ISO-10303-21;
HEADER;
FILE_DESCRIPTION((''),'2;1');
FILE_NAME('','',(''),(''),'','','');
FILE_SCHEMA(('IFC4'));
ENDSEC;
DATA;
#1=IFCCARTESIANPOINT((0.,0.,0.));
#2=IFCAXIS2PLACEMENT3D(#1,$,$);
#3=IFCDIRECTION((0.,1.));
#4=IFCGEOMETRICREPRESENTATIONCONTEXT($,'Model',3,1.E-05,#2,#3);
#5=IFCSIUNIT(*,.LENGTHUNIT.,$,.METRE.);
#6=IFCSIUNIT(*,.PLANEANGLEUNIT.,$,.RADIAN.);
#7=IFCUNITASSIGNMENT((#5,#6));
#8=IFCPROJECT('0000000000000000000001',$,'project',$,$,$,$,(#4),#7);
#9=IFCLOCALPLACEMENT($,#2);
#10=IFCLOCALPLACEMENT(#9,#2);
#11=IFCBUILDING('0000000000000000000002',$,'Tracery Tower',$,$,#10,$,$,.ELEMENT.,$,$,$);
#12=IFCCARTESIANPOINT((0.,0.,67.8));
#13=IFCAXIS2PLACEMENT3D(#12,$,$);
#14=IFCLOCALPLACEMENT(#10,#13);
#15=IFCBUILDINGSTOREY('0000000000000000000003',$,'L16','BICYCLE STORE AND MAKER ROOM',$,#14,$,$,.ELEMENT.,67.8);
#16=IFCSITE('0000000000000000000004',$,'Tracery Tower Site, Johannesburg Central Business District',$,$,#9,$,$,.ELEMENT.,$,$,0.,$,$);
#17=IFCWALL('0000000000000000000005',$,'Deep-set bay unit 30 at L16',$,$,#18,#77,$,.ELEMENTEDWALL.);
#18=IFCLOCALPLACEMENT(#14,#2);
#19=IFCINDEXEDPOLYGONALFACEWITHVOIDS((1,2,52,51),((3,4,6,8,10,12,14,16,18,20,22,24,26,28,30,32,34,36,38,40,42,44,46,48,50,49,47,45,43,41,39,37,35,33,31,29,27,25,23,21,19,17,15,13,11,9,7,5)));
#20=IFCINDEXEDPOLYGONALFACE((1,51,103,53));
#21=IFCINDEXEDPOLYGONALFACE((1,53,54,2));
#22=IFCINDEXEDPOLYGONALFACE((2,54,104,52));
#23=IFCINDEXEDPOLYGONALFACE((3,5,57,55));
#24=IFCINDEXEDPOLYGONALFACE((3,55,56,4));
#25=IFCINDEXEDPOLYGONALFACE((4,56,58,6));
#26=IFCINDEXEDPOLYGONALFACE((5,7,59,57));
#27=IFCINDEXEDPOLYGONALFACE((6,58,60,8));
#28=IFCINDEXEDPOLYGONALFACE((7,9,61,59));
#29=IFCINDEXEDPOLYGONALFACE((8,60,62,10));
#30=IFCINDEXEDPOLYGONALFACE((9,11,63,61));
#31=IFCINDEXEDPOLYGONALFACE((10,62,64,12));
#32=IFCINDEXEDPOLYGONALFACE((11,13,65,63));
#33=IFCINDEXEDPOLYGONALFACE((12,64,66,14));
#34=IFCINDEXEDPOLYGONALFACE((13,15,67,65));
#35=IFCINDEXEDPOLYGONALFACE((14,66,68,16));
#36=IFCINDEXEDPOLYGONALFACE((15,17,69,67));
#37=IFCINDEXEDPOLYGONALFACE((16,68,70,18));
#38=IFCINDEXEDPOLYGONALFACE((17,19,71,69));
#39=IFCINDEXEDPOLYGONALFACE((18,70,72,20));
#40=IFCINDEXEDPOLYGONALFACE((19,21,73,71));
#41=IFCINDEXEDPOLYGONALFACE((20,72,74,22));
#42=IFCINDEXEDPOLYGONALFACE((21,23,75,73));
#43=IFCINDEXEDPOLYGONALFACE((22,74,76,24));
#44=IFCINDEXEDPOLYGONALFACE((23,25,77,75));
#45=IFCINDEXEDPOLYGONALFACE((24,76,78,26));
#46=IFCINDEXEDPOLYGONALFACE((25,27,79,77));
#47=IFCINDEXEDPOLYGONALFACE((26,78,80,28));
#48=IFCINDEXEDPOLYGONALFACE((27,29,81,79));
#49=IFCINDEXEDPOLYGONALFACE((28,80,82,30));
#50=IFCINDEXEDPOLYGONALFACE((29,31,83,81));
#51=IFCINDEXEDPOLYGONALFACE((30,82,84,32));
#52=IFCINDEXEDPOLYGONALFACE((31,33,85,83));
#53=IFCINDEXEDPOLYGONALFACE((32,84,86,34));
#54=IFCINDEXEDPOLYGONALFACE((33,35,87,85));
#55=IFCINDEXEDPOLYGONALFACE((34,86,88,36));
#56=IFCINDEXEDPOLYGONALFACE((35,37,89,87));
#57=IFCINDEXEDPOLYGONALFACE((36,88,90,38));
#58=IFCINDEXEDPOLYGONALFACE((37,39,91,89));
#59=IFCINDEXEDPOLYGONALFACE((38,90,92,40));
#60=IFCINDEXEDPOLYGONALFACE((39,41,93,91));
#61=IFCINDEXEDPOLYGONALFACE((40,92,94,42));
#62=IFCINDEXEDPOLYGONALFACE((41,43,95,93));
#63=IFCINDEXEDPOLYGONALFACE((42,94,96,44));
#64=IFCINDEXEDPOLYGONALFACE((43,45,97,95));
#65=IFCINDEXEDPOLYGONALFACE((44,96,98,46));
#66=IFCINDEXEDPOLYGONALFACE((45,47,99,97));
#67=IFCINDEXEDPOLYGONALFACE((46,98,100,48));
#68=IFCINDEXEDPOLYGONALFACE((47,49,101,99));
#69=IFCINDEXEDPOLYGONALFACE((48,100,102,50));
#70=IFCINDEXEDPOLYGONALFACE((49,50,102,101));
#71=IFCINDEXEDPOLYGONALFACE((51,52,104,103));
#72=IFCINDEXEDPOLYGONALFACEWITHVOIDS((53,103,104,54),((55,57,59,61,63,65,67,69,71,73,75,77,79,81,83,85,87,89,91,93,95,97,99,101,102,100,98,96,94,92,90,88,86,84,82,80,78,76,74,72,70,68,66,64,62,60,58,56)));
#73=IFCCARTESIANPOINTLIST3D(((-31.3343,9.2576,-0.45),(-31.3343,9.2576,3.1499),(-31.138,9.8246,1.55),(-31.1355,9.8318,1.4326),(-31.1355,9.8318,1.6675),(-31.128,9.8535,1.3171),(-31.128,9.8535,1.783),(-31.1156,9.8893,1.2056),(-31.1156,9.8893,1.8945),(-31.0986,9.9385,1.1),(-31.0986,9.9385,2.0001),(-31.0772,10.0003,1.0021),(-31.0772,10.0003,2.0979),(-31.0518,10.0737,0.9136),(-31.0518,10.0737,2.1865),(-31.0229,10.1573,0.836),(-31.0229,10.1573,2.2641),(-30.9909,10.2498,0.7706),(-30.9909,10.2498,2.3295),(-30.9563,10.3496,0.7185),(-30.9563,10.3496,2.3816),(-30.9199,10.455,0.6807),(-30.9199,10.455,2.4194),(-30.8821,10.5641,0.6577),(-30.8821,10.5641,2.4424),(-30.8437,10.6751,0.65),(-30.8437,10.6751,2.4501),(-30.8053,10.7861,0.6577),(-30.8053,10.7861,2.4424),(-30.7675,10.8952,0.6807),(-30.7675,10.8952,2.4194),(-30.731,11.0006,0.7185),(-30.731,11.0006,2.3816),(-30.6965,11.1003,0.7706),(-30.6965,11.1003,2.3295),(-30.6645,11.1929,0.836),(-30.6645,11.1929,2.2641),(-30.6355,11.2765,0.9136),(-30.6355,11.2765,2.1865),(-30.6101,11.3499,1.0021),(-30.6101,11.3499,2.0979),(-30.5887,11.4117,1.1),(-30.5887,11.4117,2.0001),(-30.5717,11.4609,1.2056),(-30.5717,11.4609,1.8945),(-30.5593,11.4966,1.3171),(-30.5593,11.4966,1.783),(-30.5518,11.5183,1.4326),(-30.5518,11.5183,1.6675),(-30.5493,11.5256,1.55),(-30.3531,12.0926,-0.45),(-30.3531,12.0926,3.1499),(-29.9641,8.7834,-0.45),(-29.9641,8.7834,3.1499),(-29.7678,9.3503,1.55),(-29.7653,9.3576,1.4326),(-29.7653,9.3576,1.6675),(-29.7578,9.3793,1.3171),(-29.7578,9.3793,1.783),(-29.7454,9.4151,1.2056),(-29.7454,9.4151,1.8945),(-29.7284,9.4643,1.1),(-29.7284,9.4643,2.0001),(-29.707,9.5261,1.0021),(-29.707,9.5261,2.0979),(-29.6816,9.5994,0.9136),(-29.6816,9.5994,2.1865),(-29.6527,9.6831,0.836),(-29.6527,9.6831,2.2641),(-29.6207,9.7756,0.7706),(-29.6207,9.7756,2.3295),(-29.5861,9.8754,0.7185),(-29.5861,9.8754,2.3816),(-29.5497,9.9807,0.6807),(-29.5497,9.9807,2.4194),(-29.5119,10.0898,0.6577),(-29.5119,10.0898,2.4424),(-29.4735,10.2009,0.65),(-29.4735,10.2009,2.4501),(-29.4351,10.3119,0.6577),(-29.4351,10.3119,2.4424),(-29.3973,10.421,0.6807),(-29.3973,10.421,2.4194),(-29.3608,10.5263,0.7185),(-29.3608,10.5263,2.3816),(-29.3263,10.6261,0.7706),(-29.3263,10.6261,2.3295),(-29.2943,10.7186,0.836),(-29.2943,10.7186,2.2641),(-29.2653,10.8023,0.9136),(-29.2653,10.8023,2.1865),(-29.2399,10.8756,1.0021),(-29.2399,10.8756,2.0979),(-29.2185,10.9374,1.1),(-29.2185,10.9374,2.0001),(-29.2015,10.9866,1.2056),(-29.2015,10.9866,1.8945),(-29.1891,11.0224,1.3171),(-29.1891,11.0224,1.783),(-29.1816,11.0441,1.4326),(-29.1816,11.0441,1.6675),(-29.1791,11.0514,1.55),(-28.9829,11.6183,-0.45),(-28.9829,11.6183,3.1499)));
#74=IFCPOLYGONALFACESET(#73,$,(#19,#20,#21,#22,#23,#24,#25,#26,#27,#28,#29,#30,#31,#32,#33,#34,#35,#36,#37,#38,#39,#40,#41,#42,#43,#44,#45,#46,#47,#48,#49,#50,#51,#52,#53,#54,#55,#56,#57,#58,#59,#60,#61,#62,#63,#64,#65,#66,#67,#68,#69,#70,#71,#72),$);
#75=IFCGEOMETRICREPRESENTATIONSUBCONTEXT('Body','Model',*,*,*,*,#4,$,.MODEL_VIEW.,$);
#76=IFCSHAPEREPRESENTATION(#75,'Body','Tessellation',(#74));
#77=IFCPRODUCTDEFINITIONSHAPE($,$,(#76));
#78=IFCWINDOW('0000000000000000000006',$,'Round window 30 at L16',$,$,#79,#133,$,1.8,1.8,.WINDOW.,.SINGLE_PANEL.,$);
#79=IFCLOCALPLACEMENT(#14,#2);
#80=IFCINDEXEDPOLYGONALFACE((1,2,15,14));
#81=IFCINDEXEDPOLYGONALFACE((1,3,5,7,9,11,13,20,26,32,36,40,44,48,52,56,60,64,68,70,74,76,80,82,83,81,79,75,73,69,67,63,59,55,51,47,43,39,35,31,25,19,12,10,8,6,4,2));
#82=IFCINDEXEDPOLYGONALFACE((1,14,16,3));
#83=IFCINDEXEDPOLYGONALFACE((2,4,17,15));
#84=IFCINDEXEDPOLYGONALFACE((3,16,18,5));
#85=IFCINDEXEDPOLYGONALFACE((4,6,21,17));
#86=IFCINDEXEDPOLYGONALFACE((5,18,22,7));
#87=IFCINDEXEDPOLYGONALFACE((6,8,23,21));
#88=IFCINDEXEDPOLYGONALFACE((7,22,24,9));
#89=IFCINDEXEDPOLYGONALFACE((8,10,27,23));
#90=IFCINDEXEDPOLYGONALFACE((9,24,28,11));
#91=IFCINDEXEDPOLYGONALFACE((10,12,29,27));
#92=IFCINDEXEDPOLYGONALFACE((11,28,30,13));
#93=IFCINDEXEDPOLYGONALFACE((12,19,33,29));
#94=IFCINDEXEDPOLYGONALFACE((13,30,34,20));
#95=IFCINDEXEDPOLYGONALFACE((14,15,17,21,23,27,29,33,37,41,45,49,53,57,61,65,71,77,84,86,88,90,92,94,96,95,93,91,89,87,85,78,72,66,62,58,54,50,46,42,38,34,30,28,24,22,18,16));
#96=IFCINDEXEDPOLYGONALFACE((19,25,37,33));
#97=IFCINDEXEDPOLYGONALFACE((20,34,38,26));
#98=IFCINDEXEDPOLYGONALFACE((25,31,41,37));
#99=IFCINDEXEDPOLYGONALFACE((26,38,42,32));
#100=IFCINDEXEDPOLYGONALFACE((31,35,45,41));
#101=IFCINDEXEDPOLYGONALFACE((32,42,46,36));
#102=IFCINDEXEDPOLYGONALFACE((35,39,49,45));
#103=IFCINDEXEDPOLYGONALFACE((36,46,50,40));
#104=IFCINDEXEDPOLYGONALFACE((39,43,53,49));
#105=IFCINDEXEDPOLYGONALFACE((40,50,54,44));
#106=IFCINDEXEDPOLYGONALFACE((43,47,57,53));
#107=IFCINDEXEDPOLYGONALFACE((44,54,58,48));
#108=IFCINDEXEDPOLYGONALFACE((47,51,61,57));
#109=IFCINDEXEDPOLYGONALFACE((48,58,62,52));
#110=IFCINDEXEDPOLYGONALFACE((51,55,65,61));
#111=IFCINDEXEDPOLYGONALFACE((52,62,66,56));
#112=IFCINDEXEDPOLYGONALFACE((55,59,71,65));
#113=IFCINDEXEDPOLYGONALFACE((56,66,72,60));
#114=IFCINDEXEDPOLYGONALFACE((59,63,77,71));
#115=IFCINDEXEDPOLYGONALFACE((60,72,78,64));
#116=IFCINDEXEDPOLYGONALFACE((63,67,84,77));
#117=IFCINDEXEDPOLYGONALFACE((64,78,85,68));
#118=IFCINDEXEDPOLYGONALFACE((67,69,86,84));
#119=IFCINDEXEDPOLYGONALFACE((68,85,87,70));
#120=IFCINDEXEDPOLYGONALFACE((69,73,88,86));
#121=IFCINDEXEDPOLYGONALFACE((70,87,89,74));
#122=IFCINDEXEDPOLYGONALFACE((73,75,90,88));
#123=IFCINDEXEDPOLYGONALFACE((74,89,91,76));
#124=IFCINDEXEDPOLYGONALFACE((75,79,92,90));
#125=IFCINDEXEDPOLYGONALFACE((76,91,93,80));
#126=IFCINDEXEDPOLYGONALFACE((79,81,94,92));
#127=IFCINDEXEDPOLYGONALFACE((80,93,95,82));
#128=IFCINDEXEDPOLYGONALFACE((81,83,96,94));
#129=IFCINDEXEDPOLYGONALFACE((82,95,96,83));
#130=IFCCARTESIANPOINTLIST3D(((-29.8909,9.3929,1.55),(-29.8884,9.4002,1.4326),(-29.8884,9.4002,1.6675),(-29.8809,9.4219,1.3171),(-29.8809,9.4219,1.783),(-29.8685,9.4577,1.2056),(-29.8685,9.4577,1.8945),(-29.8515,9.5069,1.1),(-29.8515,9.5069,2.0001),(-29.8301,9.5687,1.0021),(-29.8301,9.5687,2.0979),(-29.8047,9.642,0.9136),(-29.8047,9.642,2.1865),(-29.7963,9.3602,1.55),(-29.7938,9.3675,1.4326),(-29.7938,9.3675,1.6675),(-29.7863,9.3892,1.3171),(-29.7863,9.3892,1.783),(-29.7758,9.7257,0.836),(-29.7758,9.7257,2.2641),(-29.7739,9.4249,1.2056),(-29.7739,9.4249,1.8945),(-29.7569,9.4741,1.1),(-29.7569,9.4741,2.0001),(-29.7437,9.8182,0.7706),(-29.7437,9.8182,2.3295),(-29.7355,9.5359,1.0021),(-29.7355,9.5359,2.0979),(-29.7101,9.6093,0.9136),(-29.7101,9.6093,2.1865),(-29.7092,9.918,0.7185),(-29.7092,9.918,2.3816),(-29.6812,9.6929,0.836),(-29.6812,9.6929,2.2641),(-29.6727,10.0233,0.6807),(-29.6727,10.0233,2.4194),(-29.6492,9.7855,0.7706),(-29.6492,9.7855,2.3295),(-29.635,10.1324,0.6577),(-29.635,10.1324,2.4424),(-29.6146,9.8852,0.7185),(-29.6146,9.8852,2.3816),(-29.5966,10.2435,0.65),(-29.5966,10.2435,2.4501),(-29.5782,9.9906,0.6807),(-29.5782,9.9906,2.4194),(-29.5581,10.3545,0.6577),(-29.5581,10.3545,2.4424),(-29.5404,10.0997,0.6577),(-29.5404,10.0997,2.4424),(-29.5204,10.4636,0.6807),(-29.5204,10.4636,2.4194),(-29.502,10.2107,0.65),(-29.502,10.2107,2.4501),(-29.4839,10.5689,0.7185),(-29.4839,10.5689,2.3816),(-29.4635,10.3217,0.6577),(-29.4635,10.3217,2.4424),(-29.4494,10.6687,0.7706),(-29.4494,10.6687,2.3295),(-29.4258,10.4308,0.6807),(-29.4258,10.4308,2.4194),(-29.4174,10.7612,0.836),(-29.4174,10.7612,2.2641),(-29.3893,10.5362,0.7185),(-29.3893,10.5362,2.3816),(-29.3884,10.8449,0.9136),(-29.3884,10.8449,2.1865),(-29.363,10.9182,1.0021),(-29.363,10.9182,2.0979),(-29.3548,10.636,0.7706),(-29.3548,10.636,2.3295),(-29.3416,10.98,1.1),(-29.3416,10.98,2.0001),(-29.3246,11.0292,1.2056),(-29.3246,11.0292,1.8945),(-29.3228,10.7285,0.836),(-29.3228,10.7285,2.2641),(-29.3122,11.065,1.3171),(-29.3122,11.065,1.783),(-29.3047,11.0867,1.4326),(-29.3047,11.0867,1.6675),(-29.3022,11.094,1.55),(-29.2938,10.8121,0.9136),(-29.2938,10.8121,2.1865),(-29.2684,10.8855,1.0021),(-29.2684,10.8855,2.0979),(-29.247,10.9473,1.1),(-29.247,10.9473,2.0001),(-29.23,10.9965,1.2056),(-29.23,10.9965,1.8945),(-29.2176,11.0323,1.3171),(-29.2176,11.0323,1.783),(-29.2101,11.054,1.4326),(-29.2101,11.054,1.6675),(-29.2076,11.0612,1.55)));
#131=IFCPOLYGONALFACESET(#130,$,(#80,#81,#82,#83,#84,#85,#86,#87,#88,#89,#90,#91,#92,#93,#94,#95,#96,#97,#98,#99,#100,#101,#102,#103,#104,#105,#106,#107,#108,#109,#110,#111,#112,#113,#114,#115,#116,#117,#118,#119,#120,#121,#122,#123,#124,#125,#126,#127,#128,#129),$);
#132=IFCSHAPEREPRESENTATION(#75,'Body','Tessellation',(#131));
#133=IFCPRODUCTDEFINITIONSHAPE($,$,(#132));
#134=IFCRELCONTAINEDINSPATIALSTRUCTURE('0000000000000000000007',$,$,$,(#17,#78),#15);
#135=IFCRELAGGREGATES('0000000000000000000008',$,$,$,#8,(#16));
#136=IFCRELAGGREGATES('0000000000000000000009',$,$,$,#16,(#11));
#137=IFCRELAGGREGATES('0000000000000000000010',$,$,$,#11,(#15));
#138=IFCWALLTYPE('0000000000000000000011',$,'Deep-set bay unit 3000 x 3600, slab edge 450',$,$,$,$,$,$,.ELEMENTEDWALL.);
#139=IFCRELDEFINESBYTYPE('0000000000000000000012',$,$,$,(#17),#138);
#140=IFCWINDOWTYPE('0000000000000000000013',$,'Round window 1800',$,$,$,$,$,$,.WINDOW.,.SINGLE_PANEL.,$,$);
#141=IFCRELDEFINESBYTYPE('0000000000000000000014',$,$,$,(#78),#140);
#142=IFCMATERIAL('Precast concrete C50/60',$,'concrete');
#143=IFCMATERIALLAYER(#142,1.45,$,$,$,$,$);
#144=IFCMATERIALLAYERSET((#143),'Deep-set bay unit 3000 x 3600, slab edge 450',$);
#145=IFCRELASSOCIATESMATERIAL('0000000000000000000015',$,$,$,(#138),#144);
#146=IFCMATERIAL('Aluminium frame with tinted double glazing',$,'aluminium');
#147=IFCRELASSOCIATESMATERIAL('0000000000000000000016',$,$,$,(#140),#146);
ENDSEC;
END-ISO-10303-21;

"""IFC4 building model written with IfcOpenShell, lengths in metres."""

from ifc_helpers import new_model, si_unit, direction, frame, frame_2d, origin, origin_2d, place, context, subcontext, project, spatial, rectangle, circle, extrude, material, layer, layer_set, type_object, element, fill, save


model = new_model("IFC4")

# Units and contexts
model_context = context("Model", 3, precision=1e-05, world=origin(), true_north=direction((0.0, 1.0)))
body_context = subcontext(model_context, "Body", "Model", "MODEL_VIEW")
ifc_project = project(units=[si_unit("LENGTHUNIT", "METRE"), si_unit("PLANEANGLEUNIT", "RADIAN")], contexts=[model_context])

# Site, building, storey
site_placement = place(None, origin())
site = spatial("IfcSite", under=ifc_project, at=site_placement, Name="Tracery Tower Site, Johannesburg Central Business District", CompositionType="ELEMENT", RefElevation=0.0)
building_placement = place(site_placement, origin())
building = spatial("IfcBuilding", under=site, at=building_placement, Name="Tracery Tower", CompositionType="ELEMENT")
storey_placement = place(building_placement, frame((0.0, 0.0, 67.8)))
storey = spatial("IfcBuildingStorey", under=building, at=storey_placement, Name="L16", Description="BICYCLE STORE AND MAKER ROOM", CompositionType="ELEMENT", Elevation=67.8)

# Wall, opening, window
ifc_material_1 = material(Name="Precast concrete C50/60", Category="concrete")
ifc_layer_1 = layer(ifc_material_1, 1.45)
ifc_layer_set_1 = layer_set([ifc_layer_1], Name="Deep-set bay unit 3000 x 3600, slab edge 450")
wall_type_1 = type_object("IfcWallType", Name="Deep-set bay unit 3000 x 3600, slab edge 450", PredefinedType="ELEMENTEDWALL", material=ifc_layer_set_1)
wall_1_placement = place(storey_placement, frame((-29.668, 11.8555, -0.45), z_axis=(0.0, 0.0, 1.0), x_axis=(-0.327071, -0.945, 0.0)))
wall_1 = element("IfcWall", 1, at=wall_1_placement, inside=storey, type_object=wall_type_1, Name="Deep-set bay unit 30 at L16", PredefinedType="ELEMENTEDWALL", context=body_context, shape_type="SweptSolid", body=[
    extrude(rectangle(XDim=3.0, YDim=1.45, at=frame_2d((1.5, 0.0))), origin(), (0.0, 0.0, 1.0), 3.5999),
])
opening_1_placement = place(wall_1_placement, frame((1.5, 0.0, 2.0)))
opening_1 = element("IfcOpeningElement", 2, at=opening_1_placement, cuts=wall_1, PredefinedType="OPENING", context=body_context, shape_type="SweptSolid", body=[
    extrude(circle(Radius=0.9, at=origin_2d()), frame((0.0, 0.7349, 0.0), z_axis=(0.0, -1.0, 0.0), x_axis=(1.0, 0.0, 0.0)), (0.0, 0.0, 1.0), 1.47),
])
ifc_material_2 = material(Name="Aluminium frame with tinted double glazing", Category="aluminium")
window_type = type_object("IfcWindowType", Name="Round window 1800", PartitioningType="SINGLE_PANEL", PredefinedType="WINDOW", material=ifc_material_2)
window_1_placement = place(opening_1_placement, origin())
window_1 = element("IfcWindow", 3, at=window_1_placement, inside=storey, type_object=window_type, Name="Round window 30 at L16", OverallHeight=1.8, OverallWidth=1.8, PartitioningType="SINGLE_PANEL", PredefinedType="WINDOW", context=body_context, shape_type="SweptSolid", body=[
    extrude(circle(Radius=0.9, at=origin_2d()), frame((0.0, 0.6948, 0.0), z_axis=(0.0, -1.0, 0.0), x_axis=(1.0, 0.0, 0.0)), (0.0, 0.0, 1.0), 0.1001),
])
fill(opening_1, window_1)

save(model, "model.ifc")
